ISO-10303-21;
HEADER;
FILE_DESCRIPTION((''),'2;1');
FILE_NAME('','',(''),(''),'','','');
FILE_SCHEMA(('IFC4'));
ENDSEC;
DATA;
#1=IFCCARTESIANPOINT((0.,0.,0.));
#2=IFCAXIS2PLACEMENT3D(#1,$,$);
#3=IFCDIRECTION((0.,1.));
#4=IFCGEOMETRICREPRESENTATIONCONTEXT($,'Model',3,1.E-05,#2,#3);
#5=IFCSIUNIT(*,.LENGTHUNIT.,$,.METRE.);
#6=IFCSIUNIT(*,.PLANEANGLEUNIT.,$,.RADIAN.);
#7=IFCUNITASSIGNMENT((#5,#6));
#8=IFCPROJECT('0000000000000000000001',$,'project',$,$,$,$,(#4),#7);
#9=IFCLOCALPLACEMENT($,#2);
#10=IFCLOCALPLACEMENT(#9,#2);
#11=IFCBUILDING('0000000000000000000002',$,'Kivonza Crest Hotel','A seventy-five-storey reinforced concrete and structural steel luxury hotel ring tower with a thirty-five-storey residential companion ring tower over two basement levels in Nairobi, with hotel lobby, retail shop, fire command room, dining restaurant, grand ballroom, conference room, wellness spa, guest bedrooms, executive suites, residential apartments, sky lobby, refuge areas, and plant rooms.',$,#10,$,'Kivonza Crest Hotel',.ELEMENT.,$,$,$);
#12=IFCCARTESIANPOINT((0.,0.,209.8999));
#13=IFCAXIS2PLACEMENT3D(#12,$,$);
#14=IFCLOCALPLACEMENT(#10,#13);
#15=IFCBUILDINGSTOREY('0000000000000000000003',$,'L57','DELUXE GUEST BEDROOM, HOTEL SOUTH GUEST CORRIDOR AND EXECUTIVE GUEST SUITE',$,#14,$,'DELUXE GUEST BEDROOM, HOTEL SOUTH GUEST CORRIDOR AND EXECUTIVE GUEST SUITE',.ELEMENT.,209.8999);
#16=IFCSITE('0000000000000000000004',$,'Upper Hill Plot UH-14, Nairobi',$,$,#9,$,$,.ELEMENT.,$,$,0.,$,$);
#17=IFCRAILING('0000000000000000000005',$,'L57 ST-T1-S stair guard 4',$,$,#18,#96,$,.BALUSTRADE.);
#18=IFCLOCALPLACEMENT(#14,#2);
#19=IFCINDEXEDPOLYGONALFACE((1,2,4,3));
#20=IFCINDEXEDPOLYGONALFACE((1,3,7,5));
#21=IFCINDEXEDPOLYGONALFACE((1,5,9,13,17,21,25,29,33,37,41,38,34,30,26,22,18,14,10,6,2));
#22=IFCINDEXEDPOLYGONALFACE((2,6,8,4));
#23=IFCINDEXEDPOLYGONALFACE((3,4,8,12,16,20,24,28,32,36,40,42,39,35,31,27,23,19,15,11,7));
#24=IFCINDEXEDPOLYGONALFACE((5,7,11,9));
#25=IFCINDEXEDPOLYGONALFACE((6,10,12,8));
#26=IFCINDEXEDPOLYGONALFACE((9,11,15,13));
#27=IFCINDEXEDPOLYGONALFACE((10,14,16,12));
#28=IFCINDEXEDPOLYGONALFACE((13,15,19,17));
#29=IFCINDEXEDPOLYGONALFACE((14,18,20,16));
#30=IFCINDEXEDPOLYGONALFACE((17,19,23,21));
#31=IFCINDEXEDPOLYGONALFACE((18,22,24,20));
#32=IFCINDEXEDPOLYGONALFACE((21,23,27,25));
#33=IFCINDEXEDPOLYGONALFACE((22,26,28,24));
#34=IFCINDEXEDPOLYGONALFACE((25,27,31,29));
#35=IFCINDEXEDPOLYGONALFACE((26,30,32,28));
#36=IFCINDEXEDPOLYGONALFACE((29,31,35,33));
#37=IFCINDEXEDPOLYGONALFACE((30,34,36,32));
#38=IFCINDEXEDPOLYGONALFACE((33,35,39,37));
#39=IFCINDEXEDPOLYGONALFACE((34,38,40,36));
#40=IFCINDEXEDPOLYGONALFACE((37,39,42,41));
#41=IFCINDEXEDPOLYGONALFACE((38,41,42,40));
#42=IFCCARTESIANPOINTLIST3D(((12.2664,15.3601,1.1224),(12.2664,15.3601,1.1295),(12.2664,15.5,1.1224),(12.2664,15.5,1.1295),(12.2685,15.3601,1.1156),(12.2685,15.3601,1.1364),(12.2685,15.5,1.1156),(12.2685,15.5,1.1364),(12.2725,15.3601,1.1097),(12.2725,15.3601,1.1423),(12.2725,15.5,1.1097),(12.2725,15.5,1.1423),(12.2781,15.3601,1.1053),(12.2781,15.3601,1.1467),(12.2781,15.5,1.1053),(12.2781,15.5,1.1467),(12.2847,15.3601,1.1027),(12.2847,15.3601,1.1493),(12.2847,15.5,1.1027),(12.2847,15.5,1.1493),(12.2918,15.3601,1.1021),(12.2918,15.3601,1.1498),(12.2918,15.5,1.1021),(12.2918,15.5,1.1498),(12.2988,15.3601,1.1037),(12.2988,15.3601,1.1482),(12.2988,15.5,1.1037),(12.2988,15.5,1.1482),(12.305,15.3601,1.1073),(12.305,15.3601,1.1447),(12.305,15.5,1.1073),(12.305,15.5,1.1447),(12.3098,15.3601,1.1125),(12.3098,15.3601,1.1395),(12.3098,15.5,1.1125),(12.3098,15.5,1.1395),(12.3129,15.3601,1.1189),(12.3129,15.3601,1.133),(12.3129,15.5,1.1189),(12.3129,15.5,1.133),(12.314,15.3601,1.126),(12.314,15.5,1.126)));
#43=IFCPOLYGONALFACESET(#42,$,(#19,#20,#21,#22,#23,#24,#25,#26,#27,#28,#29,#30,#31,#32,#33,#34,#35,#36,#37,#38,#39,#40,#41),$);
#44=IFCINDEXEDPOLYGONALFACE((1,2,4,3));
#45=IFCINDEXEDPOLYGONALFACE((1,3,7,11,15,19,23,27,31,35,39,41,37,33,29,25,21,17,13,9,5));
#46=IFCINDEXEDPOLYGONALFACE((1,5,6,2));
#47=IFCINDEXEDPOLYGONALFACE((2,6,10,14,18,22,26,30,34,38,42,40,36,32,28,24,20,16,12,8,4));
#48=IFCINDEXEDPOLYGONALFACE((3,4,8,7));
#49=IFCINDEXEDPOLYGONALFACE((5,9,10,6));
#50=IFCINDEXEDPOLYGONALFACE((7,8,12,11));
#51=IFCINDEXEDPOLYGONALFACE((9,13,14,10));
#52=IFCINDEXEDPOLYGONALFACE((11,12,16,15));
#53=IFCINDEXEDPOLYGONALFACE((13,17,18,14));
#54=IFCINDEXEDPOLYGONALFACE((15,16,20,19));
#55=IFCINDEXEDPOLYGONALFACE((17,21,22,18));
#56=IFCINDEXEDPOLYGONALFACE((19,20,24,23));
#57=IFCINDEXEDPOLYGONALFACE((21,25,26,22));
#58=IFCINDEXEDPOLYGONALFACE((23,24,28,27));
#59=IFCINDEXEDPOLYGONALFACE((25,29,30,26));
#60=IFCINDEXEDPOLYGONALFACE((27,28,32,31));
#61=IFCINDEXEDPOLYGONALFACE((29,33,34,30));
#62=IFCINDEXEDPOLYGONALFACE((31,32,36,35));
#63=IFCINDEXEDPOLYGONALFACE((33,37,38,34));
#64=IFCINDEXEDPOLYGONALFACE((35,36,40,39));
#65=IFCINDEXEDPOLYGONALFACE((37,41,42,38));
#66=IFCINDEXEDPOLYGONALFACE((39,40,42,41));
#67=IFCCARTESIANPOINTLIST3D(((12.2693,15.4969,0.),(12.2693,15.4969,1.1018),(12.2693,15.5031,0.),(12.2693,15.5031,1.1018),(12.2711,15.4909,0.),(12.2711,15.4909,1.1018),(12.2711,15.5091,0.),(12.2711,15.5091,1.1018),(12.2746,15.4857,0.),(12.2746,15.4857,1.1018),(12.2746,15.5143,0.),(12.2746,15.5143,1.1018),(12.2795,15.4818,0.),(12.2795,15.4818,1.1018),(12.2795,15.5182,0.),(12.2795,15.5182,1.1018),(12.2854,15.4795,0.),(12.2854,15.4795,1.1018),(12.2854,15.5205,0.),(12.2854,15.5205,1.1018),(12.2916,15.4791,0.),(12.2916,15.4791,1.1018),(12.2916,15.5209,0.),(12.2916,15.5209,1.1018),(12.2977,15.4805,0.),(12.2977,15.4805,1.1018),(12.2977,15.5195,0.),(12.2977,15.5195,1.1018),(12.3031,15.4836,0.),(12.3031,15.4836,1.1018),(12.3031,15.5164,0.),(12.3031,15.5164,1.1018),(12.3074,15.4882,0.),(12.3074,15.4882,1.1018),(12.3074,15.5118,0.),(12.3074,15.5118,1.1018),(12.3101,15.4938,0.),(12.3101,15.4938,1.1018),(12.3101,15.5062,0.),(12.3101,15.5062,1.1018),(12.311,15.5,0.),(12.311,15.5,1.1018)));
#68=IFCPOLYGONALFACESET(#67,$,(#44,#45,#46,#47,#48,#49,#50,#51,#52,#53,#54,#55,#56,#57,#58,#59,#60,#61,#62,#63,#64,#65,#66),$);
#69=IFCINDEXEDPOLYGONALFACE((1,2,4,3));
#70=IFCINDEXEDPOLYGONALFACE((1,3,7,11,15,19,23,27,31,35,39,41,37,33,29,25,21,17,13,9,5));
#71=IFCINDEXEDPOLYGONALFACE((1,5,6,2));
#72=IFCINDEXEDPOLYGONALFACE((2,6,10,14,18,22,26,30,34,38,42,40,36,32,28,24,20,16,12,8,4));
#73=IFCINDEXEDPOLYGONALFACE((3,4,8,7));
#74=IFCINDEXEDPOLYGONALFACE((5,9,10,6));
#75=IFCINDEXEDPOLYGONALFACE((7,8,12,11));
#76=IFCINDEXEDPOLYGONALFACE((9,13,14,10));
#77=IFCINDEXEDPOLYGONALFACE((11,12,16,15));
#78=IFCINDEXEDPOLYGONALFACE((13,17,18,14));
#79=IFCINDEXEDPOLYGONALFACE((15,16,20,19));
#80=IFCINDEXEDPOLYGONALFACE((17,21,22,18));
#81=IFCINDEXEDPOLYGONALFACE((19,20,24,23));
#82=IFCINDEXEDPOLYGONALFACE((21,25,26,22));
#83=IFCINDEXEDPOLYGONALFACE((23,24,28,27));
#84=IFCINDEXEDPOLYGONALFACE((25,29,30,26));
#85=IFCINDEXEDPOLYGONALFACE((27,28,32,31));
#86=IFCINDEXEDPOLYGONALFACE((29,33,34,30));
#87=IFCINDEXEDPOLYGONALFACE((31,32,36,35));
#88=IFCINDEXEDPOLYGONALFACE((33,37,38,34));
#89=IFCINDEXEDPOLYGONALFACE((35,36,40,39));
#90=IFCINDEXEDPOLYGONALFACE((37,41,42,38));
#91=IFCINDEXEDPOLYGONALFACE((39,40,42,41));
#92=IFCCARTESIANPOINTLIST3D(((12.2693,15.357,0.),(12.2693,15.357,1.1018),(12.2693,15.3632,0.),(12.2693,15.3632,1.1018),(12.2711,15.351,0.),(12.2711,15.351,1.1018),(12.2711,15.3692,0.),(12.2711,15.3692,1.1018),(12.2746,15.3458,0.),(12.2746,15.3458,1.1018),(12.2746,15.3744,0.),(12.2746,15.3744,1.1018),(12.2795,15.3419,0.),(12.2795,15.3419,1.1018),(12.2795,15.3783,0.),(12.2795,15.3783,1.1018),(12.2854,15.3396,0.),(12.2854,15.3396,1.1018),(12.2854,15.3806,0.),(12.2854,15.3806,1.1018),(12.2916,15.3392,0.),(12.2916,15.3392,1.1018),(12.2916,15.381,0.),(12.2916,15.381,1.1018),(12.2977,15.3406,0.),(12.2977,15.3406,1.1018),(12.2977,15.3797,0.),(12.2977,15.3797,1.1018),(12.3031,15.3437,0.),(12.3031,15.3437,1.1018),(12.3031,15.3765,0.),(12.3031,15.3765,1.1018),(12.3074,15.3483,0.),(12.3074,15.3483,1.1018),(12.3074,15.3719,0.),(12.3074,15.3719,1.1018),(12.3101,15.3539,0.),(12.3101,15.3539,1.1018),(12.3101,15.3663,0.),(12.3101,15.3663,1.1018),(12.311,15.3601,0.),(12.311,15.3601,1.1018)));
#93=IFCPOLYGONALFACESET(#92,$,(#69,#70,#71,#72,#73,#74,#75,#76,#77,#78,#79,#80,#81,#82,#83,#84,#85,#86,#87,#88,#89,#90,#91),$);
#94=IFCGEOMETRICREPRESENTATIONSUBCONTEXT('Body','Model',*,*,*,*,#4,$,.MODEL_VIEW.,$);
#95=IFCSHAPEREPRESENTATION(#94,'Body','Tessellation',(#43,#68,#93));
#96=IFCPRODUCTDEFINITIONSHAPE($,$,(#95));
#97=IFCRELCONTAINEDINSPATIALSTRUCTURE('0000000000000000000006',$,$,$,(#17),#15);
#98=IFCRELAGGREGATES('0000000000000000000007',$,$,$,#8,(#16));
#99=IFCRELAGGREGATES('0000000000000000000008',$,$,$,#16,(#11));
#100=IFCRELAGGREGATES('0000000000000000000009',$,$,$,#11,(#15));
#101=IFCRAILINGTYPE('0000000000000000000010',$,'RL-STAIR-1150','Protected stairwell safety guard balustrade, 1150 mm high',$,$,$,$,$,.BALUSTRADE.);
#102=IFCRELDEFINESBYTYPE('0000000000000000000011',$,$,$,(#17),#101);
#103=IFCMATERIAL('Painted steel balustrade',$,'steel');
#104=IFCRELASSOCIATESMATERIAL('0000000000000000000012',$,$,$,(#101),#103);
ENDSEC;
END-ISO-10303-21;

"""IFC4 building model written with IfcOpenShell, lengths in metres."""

from ifc_helpers import new_model, si_unit, direction, frame, origin, origin_2d, place, context, subcontext, project, spatial, circle, extrude, material, type_object, element, save


model = new_model("IFC4")

# Units and contexts
model_context = context("Model", 3, precision=1e-05, world=origin(), true_north=direction((0.0, 1.0)))
body_context = subcontext(model_context, "Body", "Model", "MODEL_VIEW")
ifc_project = project(units=[si_unit("LENGTHUNIT", "METRE"), si_unit("PLANEANGLEUNIT", "RADIAN")], contexts=[model_context])

# Site, building, storey
site_placement = place(None, origin())
site = spatial("IfcSite", under=ifc_project, at=site_placement, Name="Upper Hill Plot UH-14, Nairobi", CompositionType="ELEMENT", RefElevation=0.0)
building_placement = place(site_placement, origin())
building = spatial("IfcBuilding", under=site, at=building_placement, Name="Kivonza Crest Hotel", Description="A seventy-five-storey reinforced concrete and structural steel luxury hotel ring tower with a thirty-five-storey residential companion ring tower over two basement levels in Nairobi, with hotel lobby, retail shop, fire command room, dining restaurant, grand ballroom, conference room, wellness spa, guest bedrooms, executive suites, residential apartments, sky lobby, refuge areas, and plant rooms.", LongName="Kivonza Crest Hotel", CompositionType="ELEMENT")
storey_placement = place(building_placement, frame((0.0, 0.0, 209.8999)))
storey = spatial("IfcBuildingStorey", under=building, at=storey_placement, Name="L57", Description="DELUXE GUEST BEDROOM, HOTEL SOUTH GUEST CORRIDOR AND EXECUTIVE GUEST SUITE", LongName="DELUXE GUEST BEDROOM, HOTEL SOUTH GUEST CORRIDOR AND EXECUTIVE GUEST SUITE", CompositionType="ELEMENT", Elevation=209.8999)

# Railing
ifc_material_1 = material(Name="Painted steel balustrade", Category="steel")
railing_type_1 = type_object("IfcRailingType", Name="RL-STAIR-1150", Description="Protected stairwell safety guard balustrade, 1150 mm high", PredefinedType="BALUSTRADE", material=ifc_material_1)
railing_1_placement = place(storey_placement, frame((12.29, 15.5, 0.0)))
element("IfcRailing", 1, at=railing_1_placement, inside=storey, type_object=railing_type_1, Name="L57 ST-T1-S stair guard 4", PredefinedType="BALUSTRADE", context=body_context, shape_type="SweptSolid", body=[
    extrude(circle(Radius=0.0239, at=origin_2d()), frame((0.0, 0.0, 1.126), z_axis=(0.0, -1.0, 0.0), x_axis=(1.0, 0.0, 0.0)), (0.0, 0.0, 1.0), 0.1399),
    extrude(circle(Radius=0.021, at=origin_2d()), origin(), (0.0, 0.0, 1.0), 1.1018),
    extrude(circle(Radius=0.021, at=origin_2d()), frame((0.0, -0.1399, 0.0)), (0.0, 0.0, 1.0), 1.1018),
])

save(model, "model.ifc")
